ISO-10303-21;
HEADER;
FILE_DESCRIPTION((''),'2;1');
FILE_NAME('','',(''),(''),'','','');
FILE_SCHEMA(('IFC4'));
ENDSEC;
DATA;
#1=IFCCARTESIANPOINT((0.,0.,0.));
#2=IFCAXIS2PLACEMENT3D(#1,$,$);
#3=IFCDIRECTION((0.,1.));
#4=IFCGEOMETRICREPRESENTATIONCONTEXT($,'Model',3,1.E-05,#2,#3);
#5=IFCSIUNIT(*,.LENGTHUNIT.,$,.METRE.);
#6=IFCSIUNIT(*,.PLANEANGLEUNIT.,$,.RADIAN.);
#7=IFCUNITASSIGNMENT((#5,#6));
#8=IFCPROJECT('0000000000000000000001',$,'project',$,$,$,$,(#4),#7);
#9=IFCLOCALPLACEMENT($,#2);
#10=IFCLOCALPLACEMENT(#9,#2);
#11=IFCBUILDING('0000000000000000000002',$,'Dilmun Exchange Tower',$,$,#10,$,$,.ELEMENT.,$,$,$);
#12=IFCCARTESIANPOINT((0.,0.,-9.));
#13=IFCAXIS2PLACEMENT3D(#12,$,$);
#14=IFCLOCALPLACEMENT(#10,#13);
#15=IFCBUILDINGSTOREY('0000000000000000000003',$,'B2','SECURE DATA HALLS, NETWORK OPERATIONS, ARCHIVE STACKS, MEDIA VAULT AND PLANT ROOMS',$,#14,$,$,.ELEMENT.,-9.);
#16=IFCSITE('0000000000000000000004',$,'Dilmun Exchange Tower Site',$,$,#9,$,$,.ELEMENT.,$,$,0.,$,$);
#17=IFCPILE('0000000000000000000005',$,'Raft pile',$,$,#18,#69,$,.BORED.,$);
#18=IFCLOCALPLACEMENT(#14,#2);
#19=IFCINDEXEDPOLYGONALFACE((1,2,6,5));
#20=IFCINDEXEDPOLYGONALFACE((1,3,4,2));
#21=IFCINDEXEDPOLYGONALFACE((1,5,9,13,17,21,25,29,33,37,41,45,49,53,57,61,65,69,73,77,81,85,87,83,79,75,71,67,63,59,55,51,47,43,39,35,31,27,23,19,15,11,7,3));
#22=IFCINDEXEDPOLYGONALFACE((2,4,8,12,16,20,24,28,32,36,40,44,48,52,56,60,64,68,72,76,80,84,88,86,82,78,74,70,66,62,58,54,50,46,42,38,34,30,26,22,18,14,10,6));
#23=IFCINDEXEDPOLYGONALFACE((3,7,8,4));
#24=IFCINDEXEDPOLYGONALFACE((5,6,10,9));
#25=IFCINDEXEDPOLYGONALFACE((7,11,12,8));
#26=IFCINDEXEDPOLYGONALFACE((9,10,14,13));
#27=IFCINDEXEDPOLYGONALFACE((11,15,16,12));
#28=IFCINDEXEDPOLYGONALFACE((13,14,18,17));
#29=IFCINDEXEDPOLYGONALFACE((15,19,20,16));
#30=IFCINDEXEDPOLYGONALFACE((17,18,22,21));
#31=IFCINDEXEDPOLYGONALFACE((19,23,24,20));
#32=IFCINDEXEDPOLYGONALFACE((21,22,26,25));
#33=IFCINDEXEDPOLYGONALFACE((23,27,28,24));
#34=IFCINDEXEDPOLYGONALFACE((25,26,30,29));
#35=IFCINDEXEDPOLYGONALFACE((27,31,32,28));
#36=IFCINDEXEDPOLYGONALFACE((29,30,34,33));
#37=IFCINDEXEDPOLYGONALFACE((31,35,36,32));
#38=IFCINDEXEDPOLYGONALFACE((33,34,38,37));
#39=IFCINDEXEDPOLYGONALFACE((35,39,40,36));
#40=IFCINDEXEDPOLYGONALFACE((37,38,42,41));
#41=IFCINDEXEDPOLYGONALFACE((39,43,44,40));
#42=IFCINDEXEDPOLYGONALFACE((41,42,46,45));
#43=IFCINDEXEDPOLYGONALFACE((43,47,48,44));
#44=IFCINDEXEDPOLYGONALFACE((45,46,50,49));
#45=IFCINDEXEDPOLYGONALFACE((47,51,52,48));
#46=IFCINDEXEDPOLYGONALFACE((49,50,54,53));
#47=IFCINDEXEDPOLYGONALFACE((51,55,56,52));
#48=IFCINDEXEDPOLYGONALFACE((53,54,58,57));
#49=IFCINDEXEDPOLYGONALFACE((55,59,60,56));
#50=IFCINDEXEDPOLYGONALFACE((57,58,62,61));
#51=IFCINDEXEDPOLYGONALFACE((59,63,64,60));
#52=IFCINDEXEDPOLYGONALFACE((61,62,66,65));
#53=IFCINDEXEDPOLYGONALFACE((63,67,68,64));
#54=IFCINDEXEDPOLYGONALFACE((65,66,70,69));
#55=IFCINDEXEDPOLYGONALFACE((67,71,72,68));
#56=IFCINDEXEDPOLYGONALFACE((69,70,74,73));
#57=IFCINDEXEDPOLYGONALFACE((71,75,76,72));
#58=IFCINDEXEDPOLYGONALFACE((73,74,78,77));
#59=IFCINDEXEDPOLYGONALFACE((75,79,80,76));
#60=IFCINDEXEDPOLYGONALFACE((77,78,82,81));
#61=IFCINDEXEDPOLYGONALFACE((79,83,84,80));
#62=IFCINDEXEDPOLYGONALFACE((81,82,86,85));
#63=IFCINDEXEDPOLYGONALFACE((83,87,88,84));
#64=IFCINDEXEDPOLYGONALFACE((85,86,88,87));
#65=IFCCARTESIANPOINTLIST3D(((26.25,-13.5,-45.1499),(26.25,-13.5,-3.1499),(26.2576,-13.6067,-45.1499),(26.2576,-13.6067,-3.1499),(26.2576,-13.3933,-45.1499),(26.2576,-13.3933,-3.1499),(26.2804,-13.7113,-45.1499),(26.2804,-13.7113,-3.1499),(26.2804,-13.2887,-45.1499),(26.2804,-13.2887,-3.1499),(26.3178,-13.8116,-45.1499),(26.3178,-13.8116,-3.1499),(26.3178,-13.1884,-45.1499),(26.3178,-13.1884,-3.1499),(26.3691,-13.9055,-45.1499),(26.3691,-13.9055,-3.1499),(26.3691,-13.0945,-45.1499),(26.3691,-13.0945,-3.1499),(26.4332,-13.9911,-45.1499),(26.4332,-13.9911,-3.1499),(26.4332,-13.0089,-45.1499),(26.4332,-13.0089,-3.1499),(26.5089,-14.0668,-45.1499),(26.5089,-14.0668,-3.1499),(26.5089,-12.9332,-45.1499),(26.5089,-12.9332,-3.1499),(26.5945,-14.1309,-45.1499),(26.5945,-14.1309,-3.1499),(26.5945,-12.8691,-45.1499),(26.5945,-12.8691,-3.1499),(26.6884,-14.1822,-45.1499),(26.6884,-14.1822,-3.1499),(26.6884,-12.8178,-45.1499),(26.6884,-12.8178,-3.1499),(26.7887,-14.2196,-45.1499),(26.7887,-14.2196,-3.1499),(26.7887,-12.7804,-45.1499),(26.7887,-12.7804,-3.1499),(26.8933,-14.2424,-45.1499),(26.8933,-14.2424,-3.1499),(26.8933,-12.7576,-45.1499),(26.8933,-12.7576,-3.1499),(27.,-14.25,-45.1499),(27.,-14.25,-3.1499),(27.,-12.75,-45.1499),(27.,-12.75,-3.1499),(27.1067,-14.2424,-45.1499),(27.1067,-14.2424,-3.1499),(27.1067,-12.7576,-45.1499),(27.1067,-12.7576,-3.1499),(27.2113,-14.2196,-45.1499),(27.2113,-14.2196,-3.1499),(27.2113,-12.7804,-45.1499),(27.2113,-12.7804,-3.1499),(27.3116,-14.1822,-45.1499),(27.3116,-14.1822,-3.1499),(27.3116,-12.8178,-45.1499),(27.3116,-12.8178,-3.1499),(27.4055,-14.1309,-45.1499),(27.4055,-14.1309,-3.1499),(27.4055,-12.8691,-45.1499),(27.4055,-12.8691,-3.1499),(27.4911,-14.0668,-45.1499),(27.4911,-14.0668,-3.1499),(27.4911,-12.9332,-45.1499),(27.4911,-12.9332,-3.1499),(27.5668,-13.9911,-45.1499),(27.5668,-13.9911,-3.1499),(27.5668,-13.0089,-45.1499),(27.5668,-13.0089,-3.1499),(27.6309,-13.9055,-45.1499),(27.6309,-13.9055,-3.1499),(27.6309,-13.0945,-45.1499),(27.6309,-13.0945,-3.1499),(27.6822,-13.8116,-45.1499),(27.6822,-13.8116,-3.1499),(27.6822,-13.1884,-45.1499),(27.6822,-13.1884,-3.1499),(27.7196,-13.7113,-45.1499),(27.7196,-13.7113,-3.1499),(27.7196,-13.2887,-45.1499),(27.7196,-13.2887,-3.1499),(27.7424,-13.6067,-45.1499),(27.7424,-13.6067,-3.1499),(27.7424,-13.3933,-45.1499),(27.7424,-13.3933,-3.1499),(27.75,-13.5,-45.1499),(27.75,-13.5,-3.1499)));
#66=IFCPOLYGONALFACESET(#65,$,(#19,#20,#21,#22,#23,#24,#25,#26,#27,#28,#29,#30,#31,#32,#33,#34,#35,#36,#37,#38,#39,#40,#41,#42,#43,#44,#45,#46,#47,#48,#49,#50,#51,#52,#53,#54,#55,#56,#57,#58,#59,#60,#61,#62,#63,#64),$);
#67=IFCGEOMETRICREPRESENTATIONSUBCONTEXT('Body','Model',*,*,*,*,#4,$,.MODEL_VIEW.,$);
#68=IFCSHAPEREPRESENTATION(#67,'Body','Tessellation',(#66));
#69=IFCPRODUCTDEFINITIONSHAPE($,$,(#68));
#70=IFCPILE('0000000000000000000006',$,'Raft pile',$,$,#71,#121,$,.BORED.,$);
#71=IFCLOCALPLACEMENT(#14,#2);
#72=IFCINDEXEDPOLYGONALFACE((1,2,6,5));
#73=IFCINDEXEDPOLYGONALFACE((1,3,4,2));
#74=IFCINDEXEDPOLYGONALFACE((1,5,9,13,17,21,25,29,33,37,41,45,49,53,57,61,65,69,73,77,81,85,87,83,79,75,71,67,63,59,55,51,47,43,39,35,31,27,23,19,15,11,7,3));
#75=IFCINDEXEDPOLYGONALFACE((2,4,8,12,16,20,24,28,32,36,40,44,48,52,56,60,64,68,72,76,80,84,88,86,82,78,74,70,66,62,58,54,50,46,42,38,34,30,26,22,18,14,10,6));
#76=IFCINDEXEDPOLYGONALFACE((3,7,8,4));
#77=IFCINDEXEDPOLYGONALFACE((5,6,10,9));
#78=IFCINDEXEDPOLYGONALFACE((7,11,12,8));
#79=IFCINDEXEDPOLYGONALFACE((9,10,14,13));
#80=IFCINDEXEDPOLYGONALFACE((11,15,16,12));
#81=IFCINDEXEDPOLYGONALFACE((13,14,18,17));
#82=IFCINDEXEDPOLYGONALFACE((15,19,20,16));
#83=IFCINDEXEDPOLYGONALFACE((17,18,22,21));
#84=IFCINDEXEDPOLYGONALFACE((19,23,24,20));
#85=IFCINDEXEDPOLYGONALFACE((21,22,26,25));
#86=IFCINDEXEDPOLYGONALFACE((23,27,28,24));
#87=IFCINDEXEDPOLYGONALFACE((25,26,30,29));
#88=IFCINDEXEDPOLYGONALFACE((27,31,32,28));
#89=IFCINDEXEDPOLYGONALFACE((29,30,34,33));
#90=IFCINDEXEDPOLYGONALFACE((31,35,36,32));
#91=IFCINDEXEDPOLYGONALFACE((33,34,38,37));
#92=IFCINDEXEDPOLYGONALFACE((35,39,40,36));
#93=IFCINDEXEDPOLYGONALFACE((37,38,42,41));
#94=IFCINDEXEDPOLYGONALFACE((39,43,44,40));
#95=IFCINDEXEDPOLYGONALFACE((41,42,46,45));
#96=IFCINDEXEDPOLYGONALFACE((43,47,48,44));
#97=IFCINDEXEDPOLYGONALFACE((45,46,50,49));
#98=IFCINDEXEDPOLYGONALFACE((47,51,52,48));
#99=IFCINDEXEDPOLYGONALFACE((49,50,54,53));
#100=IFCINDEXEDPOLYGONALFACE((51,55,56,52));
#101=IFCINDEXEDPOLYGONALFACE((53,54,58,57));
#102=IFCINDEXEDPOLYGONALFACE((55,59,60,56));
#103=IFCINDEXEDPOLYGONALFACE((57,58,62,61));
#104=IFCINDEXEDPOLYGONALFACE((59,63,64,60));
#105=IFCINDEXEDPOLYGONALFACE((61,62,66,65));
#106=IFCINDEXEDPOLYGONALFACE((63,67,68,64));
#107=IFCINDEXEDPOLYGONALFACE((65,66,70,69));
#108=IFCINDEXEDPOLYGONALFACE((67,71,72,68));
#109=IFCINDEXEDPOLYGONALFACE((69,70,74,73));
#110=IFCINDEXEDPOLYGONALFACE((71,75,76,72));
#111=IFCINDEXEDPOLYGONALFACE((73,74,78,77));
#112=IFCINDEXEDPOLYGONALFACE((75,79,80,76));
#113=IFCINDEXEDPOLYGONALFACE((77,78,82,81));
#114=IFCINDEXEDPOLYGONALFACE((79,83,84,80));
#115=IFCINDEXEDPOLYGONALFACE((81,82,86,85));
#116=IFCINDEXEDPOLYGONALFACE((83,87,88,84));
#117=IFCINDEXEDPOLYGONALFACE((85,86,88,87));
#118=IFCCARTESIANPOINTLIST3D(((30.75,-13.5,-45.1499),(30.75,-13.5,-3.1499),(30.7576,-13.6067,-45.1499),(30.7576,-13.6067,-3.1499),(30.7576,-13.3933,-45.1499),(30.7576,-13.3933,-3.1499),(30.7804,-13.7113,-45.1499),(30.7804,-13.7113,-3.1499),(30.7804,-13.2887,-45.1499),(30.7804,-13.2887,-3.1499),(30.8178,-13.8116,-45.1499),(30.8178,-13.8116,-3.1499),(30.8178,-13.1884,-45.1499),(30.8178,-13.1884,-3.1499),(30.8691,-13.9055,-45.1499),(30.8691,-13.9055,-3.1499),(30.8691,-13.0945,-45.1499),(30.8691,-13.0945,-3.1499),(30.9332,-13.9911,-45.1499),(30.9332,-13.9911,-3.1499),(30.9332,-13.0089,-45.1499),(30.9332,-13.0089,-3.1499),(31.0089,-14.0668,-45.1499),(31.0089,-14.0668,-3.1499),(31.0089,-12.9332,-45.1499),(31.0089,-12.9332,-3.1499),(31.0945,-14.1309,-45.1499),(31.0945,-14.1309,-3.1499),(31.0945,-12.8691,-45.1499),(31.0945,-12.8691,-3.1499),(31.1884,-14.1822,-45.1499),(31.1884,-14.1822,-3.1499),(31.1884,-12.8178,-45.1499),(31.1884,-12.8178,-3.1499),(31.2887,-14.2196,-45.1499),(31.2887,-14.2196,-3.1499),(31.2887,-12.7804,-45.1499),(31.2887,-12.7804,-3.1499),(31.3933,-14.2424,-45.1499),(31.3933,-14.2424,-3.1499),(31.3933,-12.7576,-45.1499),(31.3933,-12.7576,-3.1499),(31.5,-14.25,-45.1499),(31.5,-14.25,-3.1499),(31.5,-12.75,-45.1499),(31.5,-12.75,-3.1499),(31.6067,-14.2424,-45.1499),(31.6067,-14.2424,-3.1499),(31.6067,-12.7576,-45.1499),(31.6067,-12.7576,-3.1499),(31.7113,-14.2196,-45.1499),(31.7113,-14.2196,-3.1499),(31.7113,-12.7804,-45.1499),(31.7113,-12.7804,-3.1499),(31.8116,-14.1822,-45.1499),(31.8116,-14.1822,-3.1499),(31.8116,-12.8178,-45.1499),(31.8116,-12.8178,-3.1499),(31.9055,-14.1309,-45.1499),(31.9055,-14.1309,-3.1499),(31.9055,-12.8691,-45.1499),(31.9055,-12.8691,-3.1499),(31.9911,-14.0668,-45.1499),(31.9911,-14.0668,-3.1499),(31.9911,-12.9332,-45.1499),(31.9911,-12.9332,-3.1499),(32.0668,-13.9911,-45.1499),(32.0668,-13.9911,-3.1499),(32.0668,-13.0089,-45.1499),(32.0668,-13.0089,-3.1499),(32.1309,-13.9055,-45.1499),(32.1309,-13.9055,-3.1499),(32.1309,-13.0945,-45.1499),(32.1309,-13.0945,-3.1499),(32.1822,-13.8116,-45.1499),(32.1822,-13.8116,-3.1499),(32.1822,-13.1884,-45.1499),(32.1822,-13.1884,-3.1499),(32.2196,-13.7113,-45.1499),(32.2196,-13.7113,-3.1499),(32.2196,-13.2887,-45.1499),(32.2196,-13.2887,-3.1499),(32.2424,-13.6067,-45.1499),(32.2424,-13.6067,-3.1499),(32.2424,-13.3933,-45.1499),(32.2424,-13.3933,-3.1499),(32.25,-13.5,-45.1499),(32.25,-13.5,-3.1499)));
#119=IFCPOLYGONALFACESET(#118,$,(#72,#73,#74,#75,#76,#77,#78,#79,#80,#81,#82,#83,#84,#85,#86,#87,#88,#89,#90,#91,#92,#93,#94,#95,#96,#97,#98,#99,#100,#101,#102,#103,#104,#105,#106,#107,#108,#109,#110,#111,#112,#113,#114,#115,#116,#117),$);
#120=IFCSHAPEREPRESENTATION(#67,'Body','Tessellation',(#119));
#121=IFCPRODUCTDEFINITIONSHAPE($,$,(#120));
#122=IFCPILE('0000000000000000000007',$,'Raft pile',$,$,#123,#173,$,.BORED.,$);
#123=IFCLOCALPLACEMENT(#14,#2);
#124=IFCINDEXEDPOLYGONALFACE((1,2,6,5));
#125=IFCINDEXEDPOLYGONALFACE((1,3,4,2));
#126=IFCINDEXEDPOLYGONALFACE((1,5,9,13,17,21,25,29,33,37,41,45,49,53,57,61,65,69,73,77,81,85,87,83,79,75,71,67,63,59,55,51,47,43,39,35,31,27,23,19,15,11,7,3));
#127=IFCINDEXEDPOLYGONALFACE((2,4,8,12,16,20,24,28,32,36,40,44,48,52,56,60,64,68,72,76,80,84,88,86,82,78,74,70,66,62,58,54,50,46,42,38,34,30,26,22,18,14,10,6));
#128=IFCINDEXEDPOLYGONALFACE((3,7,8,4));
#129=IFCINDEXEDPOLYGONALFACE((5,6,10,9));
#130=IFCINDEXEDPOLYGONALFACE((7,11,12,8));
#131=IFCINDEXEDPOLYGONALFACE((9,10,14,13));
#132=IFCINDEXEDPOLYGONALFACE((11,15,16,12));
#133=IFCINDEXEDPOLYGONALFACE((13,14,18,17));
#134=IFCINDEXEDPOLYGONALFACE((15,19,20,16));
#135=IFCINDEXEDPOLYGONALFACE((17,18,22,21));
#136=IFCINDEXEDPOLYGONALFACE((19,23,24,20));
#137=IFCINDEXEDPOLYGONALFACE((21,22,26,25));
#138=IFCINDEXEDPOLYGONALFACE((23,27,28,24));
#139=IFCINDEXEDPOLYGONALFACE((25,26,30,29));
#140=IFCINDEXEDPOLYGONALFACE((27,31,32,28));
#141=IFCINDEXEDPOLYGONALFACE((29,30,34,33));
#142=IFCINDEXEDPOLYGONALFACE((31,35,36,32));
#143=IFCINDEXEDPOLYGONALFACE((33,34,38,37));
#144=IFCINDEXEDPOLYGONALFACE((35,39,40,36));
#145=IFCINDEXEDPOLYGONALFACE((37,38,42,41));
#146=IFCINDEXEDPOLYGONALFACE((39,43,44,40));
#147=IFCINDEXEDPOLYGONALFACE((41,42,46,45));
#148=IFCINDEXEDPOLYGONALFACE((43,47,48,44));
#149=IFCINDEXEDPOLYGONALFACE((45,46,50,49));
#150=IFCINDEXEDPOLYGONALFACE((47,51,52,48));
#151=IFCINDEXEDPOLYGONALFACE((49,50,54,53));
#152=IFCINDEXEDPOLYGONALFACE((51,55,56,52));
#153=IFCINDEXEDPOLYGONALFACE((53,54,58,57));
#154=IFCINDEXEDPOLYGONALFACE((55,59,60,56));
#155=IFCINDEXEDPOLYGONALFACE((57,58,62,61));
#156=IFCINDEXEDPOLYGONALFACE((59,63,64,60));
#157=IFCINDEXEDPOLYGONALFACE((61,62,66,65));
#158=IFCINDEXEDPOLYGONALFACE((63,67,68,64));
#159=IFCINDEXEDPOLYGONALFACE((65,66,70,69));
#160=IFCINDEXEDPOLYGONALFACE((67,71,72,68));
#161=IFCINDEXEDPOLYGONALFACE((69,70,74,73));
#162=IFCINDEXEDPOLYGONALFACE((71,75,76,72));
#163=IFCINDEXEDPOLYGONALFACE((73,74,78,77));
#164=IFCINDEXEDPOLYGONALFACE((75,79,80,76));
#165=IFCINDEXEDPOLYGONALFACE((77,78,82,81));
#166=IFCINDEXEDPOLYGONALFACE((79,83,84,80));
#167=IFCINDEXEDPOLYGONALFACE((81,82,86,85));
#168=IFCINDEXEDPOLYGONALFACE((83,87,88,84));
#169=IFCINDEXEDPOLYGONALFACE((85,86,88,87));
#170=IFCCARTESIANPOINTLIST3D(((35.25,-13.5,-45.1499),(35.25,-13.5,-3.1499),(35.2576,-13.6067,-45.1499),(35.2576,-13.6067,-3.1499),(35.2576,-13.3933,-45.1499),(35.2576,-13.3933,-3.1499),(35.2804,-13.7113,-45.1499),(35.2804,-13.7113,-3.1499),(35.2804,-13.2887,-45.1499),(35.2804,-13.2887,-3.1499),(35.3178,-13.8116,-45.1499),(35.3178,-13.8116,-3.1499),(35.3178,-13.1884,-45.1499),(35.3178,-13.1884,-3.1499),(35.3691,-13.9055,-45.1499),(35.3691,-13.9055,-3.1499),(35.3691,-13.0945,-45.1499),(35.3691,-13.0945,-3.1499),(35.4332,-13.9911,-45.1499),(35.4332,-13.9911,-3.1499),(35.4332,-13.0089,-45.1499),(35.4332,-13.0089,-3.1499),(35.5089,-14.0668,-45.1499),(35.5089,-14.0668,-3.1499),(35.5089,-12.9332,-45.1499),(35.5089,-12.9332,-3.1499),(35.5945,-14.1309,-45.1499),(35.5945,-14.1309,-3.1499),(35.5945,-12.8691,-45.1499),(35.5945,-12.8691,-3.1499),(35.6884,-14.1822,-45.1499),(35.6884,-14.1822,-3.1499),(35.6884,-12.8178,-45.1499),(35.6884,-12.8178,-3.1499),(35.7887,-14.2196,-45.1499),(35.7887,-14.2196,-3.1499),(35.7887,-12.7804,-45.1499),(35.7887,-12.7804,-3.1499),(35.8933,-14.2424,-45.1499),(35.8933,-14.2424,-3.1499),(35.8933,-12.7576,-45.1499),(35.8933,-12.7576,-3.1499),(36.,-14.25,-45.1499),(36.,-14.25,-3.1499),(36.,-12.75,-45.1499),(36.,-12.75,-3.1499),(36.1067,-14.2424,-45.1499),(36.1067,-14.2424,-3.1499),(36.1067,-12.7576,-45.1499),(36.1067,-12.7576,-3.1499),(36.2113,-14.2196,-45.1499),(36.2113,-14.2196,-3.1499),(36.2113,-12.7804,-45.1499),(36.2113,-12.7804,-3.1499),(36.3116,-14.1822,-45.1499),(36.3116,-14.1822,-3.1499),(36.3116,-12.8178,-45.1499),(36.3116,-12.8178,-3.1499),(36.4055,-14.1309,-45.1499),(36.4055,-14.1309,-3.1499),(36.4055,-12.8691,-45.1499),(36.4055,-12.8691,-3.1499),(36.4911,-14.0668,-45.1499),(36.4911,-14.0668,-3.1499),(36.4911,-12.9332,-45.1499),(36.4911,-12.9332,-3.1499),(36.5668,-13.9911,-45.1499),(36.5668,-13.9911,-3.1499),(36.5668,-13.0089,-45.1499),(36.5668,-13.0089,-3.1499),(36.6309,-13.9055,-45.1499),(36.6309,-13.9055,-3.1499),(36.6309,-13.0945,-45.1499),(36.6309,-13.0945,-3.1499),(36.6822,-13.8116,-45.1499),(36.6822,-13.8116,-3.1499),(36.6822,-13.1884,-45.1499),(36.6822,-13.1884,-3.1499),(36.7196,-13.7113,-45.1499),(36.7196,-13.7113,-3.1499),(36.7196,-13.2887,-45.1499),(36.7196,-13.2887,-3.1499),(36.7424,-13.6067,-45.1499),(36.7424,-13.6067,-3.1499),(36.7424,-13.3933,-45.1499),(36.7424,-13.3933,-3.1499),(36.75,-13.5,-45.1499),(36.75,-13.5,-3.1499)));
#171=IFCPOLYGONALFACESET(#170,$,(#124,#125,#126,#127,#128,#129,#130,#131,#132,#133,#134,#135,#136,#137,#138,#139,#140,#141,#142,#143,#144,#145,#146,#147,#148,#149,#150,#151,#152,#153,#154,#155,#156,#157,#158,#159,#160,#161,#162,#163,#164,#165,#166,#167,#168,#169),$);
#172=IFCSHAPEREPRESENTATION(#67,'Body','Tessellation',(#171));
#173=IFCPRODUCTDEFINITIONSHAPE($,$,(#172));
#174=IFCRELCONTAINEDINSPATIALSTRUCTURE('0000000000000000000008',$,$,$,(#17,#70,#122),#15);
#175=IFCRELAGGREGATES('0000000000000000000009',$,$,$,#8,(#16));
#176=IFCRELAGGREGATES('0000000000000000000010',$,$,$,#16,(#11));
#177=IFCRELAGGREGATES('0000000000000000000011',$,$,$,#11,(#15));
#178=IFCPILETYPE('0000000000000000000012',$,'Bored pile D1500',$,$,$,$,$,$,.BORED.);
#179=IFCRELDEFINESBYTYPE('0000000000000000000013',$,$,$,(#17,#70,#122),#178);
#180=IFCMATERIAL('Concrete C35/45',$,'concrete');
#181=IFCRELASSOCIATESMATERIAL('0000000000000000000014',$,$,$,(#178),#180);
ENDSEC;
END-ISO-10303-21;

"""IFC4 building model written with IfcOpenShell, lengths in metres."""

from ifc_helpers import new_model, si_unit, direction, frame, origin, origin_2d, place, context, subcontext, project, spatial, circle, extrude, material, material_profile, profile_set, type_object, element, save


model = new_model("IFC4")

# Units and contexts
model_context = context("Model", 3, precision=1e-05, world=origin(), true_north=direction((0.0, 1.0)))
body_context = subcontext(model_context, "Body", "Model", "MODEL_VIEW")
ifc_project = project(units=[si_unit("LENGTHUNIT", "METRE"), si_unit("PLANEANGLEUNIT", "RADIAN")], contexts=[model_context])

# Site, building, storey
site_placement = place(None, origin())
site = spatial("IfcSite", under=ifc_project, at=site_placement, Name="Dilmun Exchange Tower Site", CompositionType="ELEMENT", RefElevation=0.0)
building_placement = place(site_placement, origin())
building = spatial("IfcBuilding", under=site, at=building_placement, Name="Dilmun Exchange Tower", CompositionType="ELEMENT")
storey_placement = place(building_placement, frame((0.0, 0.0, -9.0)))
storey = spatial("IfcBuildingStorey", under=building, at=storey_placement, Name="B2", Description="SECURE DATA HALLS, NETWORK OPERATIONS, ARCHIVE STACKS, MEDIA VAULT AND PLANT ROOMS", CompositionType="ELEMENT", Elevation=-9.0)

# Piles
ifc_material_1 = material(Name="Concrete C35/45", Category="concrete")
ifc_material_profile_1 = material_profile(ifc_material_1, circle(Radius=0.75, at=origin_2d()), Name="D1500")
ifc_profile_set_1 = profile_set([ifc_material_profile_1], Name="Concrete C35/45")
pile_type = type_object("IfcPileType", Name="Bored pile D1500", PredefinedType="BORED", material=ifc_profile_set_1)
for number, where, z_axis, x_axis, name in (
    (1, (27.0, -13.5, -3.1499), (0.0, 0.0, -1.0), (1.0, 0.0, 0.0), "Raft pile"),
    (2, (31.5, -13.5, -3.1499), (0.0, 0.0, -1.0), (1.0, 0.0, 0.0), "Raft pile"),
    (3, (36.0, -13.5, -3.1499), (0.0, 0.0, -1.0), (1.0, 0.0, 0.0), "Raft pile"),
):
    element("IfcPile", number, at=place(storey_placement, frame(where, z_axis=z_axis, x_axis=x_axis)), inside=storey, type_object=pile_type, Name=name, PredefinedType="BORED", context=body_context, shape_type="SweptSolid", body=[
        extrude(circle(Radius=0.75, at=origin_2d()), origin(), (0.0, 0.0, 1.0), 42.0),
    ])

save(model, "model.ifc")
